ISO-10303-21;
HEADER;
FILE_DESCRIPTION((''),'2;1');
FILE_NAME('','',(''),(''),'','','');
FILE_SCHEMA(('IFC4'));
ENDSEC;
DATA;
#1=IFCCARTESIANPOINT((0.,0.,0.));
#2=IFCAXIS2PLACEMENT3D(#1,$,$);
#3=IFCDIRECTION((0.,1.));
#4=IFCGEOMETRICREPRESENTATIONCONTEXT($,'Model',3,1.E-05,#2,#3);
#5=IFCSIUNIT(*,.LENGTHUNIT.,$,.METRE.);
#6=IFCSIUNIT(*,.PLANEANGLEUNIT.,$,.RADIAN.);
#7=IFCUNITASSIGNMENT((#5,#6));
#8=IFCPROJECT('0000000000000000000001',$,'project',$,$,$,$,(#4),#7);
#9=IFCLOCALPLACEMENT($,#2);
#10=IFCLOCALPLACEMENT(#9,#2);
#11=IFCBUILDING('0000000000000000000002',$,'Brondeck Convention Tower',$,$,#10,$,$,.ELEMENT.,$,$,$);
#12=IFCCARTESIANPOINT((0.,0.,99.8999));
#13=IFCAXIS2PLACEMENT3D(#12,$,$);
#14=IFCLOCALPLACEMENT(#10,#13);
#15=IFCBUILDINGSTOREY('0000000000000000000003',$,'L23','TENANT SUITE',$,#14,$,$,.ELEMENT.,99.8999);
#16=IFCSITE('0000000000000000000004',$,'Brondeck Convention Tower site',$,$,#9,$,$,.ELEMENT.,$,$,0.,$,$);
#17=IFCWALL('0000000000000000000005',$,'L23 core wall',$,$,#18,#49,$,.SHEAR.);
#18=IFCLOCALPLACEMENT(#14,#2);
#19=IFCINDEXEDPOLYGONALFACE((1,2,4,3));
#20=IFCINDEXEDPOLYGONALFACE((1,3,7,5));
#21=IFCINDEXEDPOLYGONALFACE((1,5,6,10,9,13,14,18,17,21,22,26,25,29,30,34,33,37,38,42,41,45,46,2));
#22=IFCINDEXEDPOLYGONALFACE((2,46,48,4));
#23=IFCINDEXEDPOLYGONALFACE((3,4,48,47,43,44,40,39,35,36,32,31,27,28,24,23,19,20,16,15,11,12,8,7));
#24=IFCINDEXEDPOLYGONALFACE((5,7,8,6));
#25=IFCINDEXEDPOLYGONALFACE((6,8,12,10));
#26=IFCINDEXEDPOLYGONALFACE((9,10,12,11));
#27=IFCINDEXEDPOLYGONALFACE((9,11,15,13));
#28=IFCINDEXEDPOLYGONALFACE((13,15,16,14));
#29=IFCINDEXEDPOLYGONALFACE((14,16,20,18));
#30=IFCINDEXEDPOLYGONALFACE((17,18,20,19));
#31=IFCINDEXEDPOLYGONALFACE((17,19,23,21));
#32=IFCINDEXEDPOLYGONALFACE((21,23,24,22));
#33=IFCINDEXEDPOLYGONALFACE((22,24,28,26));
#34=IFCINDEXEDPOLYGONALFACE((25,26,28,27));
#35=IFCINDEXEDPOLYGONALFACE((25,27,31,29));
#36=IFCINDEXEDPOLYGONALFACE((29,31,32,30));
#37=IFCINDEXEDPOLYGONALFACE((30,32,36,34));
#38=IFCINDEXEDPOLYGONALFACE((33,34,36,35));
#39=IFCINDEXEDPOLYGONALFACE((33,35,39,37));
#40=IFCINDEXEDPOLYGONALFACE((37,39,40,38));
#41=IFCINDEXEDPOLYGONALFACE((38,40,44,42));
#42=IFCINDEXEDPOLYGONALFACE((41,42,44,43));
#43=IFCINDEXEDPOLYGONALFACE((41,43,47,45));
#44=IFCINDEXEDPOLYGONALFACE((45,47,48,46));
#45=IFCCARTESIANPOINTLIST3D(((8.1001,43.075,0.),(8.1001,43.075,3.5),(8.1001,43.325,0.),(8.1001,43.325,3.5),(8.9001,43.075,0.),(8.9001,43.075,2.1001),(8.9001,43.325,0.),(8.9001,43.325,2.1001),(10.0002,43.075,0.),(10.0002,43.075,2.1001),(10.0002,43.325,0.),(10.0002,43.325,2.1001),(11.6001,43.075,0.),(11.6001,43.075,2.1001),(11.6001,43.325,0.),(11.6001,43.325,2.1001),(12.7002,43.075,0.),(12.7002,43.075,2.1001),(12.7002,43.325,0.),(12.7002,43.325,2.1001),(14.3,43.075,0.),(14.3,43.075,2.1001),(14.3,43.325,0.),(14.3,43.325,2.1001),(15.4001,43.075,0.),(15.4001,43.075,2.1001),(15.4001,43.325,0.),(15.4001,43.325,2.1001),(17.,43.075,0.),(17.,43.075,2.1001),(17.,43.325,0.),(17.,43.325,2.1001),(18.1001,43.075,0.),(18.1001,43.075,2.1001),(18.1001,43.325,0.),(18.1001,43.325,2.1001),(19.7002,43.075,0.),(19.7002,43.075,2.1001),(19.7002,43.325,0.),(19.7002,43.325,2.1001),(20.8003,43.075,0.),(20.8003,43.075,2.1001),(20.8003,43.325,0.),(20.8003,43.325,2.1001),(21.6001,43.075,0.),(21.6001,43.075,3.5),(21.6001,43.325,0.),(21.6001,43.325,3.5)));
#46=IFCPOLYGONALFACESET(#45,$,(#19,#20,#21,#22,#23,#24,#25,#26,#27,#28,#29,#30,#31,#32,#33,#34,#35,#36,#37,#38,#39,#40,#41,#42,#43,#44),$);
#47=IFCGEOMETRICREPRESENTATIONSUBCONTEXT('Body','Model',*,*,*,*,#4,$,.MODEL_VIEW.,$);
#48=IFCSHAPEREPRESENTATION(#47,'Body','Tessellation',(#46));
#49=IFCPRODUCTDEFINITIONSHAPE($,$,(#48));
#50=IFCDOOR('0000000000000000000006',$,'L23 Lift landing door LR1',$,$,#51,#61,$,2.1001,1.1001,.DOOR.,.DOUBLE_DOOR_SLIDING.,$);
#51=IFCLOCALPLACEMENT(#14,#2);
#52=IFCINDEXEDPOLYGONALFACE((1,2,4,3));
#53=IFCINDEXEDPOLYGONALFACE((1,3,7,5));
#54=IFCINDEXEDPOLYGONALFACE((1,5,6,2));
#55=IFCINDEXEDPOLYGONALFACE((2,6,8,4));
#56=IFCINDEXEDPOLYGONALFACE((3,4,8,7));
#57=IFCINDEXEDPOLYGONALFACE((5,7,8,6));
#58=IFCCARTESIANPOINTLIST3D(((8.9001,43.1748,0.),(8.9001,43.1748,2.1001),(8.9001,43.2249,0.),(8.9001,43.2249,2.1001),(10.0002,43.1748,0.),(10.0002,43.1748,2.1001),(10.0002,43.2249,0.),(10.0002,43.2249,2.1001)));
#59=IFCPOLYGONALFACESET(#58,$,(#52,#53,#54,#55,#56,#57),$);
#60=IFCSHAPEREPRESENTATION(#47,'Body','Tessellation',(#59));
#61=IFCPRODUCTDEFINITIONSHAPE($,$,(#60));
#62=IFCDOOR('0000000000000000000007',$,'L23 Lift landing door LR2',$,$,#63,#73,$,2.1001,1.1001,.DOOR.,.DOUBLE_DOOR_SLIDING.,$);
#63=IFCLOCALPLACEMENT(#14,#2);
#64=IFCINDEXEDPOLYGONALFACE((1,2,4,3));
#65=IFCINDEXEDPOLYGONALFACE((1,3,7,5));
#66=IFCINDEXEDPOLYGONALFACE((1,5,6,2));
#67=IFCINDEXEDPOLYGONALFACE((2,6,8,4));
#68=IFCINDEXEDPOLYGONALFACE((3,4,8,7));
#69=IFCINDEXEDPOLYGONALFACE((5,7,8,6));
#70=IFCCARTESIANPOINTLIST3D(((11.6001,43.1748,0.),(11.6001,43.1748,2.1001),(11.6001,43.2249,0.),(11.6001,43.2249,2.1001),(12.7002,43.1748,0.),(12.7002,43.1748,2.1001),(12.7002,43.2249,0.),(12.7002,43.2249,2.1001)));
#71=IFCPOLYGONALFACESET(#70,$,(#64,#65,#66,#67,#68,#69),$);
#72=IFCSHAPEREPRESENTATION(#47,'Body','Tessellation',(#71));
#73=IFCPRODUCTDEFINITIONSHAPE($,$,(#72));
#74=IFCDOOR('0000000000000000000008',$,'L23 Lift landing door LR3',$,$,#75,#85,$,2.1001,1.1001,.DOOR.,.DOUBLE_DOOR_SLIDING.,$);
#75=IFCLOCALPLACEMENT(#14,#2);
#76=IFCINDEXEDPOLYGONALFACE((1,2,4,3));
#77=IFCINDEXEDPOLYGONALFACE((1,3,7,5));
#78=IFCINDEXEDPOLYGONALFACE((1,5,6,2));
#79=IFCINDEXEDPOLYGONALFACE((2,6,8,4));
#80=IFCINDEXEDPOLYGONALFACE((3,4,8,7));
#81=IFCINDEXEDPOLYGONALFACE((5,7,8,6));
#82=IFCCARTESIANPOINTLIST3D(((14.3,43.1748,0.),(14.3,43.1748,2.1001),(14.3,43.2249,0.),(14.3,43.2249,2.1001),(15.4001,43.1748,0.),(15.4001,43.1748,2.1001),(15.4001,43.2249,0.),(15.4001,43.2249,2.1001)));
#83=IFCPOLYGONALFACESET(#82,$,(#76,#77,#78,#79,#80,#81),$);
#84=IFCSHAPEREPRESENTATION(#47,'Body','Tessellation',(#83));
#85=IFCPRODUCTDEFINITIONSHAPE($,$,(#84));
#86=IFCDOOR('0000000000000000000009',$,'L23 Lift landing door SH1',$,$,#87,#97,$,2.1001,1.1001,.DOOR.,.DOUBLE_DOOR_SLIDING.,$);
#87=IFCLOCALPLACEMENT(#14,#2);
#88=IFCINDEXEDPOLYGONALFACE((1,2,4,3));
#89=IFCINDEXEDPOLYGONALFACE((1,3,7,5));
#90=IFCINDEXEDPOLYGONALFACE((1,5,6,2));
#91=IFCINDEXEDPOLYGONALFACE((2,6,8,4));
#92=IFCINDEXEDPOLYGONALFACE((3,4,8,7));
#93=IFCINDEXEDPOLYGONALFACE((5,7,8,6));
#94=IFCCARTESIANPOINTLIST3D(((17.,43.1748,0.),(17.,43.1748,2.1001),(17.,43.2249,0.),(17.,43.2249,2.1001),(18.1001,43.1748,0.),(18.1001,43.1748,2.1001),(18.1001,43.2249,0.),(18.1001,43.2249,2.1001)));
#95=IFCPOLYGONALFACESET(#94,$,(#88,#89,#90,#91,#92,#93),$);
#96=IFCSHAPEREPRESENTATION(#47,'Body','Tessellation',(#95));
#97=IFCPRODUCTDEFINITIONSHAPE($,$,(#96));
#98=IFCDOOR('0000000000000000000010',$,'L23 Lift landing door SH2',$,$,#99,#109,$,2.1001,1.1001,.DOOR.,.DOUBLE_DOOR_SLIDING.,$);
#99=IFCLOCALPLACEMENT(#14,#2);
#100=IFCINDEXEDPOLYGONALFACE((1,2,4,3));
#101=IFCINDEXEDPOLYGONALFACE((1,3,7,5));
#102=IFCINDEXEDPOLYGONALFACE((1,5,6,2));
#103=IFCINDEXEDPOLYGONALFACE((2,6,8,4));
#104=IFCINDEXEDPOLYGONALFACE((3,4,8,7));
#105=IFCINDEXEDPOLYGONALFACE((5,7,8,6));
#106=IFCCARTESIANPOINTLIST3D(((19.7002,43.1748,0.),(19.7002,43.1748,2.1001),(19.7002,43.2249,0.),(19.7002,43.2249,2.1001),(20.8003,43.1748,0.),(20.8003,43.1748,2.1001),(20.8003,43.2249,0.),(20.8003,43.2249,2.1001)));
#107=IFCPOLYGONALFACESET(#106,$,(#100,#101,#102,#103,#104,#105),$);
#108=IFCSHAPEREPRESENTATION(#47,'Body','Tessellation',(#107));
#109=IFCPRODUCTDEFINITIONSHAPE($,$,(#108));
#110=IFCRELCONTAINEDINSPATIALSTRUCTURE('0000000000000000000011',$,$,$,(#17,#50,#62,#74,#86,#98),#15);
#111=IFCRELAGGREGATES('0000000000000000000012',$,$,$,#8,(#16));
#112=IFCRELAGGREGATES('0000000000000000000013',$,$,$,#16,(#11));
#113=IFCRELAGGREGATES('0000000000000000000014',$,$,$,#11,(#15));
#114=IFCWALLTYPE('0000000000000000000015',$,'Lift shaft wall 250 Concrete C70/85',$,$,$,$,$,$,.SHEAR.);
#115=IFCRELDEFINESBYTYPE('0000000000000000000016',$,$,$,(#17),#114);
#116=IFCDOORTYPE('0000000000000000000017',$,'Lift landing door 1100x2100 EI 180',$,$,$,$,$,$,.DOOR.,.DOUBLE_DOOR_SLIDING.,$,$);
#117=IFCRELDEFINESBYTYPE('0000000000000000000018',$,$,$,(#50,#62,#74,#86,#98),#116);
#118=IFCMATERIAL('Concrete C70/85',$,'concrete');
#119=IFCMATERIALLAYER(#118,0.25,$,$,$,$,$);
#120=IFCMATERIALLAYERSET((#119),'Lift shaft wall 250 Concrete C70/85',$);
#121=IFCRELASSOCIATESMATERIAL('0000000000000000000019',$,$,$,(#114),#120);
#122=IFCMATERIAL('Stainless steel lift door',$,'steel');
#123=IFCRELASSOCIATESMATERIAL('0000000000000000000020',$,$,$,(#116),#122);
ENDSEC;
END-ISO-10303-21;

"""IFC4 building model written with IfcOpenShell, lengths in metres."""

from ifc_helpers import new_model, si_unit, direction, frame, frame_2d, origin, place, context, subcontext, project, spatial, rectangle, extrude, material, layer, layer_set, type_object, element, fill, save


model = new_model("IFC4")

# Units and contexts
model_context = context("Model", 3, precision=1e-05, world=origin(), true_north=direction((0.0, 1.0)))
body_context = subcontext(model_context, "Body", "Model", "MODEL_VIEW")
ifc_project = project(units=[si_unit("LENGTHUNIT", "METRE"), si_unit("PLANEANGLEUNIT", "RADIAN")], contexts=[model_context])

# Site, building, storey
site_placement = place(None, origin())
site = spatial("IfcSite", under=ifc_project, at=site_placement, Name="Brondeck Convention Tower site", CompositionType="ELEMENT", RefElevation=0.0)
building_placement = place(site_placement, origin())
building = spatial("IfcBuilding", under=site, at=building_placement, Name="Brondeck Convention Tower", CompositionType="ELEMENT")
storey_placement = place(building_placement, frame((0.0, 0.0, 99.8999)))
storey = spatial("IfcBuildingStorey", under=building, at=storey_placement, Name="L23", Description="TENANT SUITE", CompositionType="ELEMENT", Elevation=99.8999)

# Wall, openings, doors
ifc_material_1 = material(Name="Concrete C70/85", Category="concrete")
ifc_layer_1 = layer(ifc_material_1, 0.25)
ifc_layer_set_1 = layer_set([ifc_layer_1], Name="Lift shaft wall 250 Concrete C70/85")
wall_type_1 = type_object("IfcWallType", Name="Lift shaft wall 250 Concrete C70/85", PredefinedType="SHEAR", material=ifc_layer_set_1)
wall_1_placement = place(storey_placement, frame((8.1001, 43.2, 0.0), z_axis=(0.0, 0.0, 1.0), x_axis=(1.0, 0.0, 0.0)))
wall_1 = element("IfcWall", 1, at=wall_1_placement, inside=storey, type_object=wall_type_1, Name="L23 core wall", PredefinedType="SHEAR", context=body_context, shape_type="SweptSolid", body=[
    extrude(rectangle(XDim=13.5, YDim=0.25, at=frame_2d((6.75, 0.0))), origin(), (0.0, 0.0, 1.0), 3.5),
])
opening_1_placement = place(wall_1_placement, frame((0.8, 0.0, 0.0)))
opening_1 = element("IfcOpeningElement", 2, at=opening_1_placement, cuts=wall_1, PredefinedType="OPENING", context=body_context, shape_type="SweptSolid", body=[
    extrude(rectangle(XDim=1.1001, YDim=2.1001, at=frame_2d((0.55, 1.05))), frame((0.0, 0.135, 0.0), z_axis=(0.0, -1.0, 0.0), x_axis=(1.0, 0.0, 0.0)), (0.0, 0.0, 1.0), 0.27),
])
opening_2_placement = place(wall_1_placement, frame((3.5, 0.0, 0.0)))
opening_2 = element("IfcOpeningElement", 3, at=opening_2_placement, cuts=wall_1, PredefinedType="OPENING", context=body_context, shape_type="SweptSolid", body=[
    extrude(rectangle(XDim=1.1001, YDim=2.1001, at=frame_2d((0.55, 1.05))), frame((0.0, 0.135, 0.0), z_axis=(0.0, -1.0, 0.0), x_axis=(1.0, 0.0, 0.0)), (0.0, 0.0, 1.0), 0.27),
])
opening_3_placement = place(wall_1_placement, frame((6.2, 0.0, 0.0)))
opening_3 = element("IfcOpeningElement", 4, at=opening_3_placement, cuts=wall_1, PredefinedType="OPENING", context=body_context, shape_type="SweptSolid", body=[
    extrude(rectangle(XDim=1.1001, YDim=2.1001, at=frame_2d((0.55, 1.05))), frame((0.0, 0.135, 0.0), z_axis=(0.0, -1.0, 0.0), x_axis=(1.0, 0.0, 0.0)), (0.0, 0.0, 1.0), 0.27),
])
opening_4_placement = place(wall_1_placement, frame((8.8999, 0.0, 0.0)))
opening_4 = element("IfcOpeningElement", 5, at=opening_4_placement, cuts=wall_1, PredefinedType="OPENING", context=body_context, shape_type="SweptSolid", body=[
    extrude(rectangle(XDim=1.1001, YDim=2.1001, at=frame_2d((0.55, 1.05))), frame((0.0, 0.135, 0.0), z_axis=(0.0, -1.0, 0.0), x_axis=(1.0, 0.0, 0.0)), (0.0, 0.0, 1.0), 0.27),
])
opening_5_placement = place(wall_1_placement, frame((11.6001, 0.0, 0.0)))
opening_5 = element("IfcOpeningElement", 6, at=opening_5_placement, cuts=wall_1, PredefinedType="OPENING", context=body_context, shape_type="SweptSolid", body=[
    extrude(rectangle(XDim=1.1001, YDim=2.1001, at=frame_2d((0.55, 1.05))), frame((0.0, 0.135, 0.0), z_axis=(0.0, -1.0, 0.0), x_axis=(1.0, 0.0, 0.0)), (0.0, 0.0, 1.0), 0.27),
])
ifc_material_2 = material(Name="Stainless steel lift door", Category="steel")
door_type_1 = type_object("IfcDoorType", Name="Lift landing door 1100x2100 EI 180", OperationType="DOUBLE_DOOR_SLIDING", PredefinedType="DOOR", material=ifc_material_2)
door_1_placement = place(opening_1_placement, origin())
door_1 = element("IfcDoor", 7, at=door_1_placement, inside=storey, type_object=door_type_1, Name="L23 Lift landing door LR1", OperationType="DOUBLE_DOOR_SLIDING", OverallHeight=2.1001, OverallWidth=1.1001, PredefinedType="DOOR", context=body_context, shape_type="SweptSolid", body=[
    extrude(rectangle(XDim=1.1001, YDim=2.1001, at=frame_2d((0.55, 1.05))), frame((0.0, 0.0249, 0.0), z_axis=(0.0, -1.0, 0.0), x_axis=(1.0, 0.0, 0.0)), (0.0, 0.0, 1.0), 0.05),
])
fill(opening_1, door_1)
door_2_placement = place(opening_2_placement, origin())
door_2 = element("IfcDoor", 8, at=door_2_placement, inside=storey, type_object=door_type_1, Name="L23 Lift landing door LR2", OperationType="DOUBLE_DOOR_SLIDING", OverallHeight=2.1001, OverallWidth=1.1001, PredefinedType="DOOR", context=body_context, shape_type="SweptSolid", body=[
    extrude(rectangle(XDim=1.1001, YDim=2.1001, at=frame_2d((0.55, 1.05))), frame((0.0, 0.0249, 0.0), z_axis=(0.0, -1.0, 0.0), x_axis=(1.0, 0.0, 0.0)), (0.0, 0.0, 1.0), 0.05),
])
fill(opening_2, door_2)
door_3_placement = place(opening_3_placement, origin())
door_3 = element("IfcDoor", 9, at=door_3_placement, inside=storey, type_object=door_type_1, Name="L23 Lift landing door LR3", OperationType="DOUBLE_DOOR_SLIDING", OverallHeight=2.1001, OverallWidth=1.1001, PredefinedType="DOOR", context=body_context, shape_type="SweptSolid", body=[
    extrude(rectangle(XDim=1.1001, YDim=2.1001, at=frame_2d((0.55, 1.05))), frame((0.0, 0.0249, 0.0), z_axis=(0.0, -1.0, 0.0), x_axis=(1.0, 0.0, 0.0)), (0.0, 0.0, 1.0), 0.05),
])
fill(opening_3, door_3)
door_4_placement = place(opening_4_placement, origin())
door_4 = element("IfcDoor", 10, at=door_4_placement, inside=storey, type_object=door_type_1, Name="L23 Lift landing door SH1", OperationType="DOUBLE_DOOR_SLIDING", OverallHeight=2.1001, OverallWidth=1.1001, PredefinedType="DOOR", context=body_context, shape_type="SweptSolid", body=[
    extrude(rectangle(XDim=1.1001, YDim=2.1001, at=frame_2d((0.55, 1.05))), frame((0.0, 0.0249, 0.0), z_axis=(0.0, -1.0, 0.0), x_axis=(1.0, 0.0, 0.0)), (0.0, 0.0, 1.0), 0.05),
])
fill(opening_4, door_4)
door_5_placement = place(opening_5_placement, origin())
door_5 = element("IfcDoor", 11, at=door_5_placement, inside=storey, type_object=door_type_1, Name="L23 Lift landing door SH2", OperationType="DOUBLE_DOOR_SLIDING", OverallHeight=2.1001, OverallWidth=1.1001, PredefinedType="DOOR", context=body_context, shape_type="SweptSolid", body=[
    extrude(rectangle(XDim=1.1001, YDim=2.1001, at=frame_2d((0.55, 1.05))), frame((0.0, 0.0249, 0.0), z_axis=(0.0, -1.0, 0.0), x_axis=(1.0, 0.0, 0.0)), (0.0, 0.0, 1.0), 0.05),
])
fill(opening_5, door_5)

save(model, "model.ifc")
